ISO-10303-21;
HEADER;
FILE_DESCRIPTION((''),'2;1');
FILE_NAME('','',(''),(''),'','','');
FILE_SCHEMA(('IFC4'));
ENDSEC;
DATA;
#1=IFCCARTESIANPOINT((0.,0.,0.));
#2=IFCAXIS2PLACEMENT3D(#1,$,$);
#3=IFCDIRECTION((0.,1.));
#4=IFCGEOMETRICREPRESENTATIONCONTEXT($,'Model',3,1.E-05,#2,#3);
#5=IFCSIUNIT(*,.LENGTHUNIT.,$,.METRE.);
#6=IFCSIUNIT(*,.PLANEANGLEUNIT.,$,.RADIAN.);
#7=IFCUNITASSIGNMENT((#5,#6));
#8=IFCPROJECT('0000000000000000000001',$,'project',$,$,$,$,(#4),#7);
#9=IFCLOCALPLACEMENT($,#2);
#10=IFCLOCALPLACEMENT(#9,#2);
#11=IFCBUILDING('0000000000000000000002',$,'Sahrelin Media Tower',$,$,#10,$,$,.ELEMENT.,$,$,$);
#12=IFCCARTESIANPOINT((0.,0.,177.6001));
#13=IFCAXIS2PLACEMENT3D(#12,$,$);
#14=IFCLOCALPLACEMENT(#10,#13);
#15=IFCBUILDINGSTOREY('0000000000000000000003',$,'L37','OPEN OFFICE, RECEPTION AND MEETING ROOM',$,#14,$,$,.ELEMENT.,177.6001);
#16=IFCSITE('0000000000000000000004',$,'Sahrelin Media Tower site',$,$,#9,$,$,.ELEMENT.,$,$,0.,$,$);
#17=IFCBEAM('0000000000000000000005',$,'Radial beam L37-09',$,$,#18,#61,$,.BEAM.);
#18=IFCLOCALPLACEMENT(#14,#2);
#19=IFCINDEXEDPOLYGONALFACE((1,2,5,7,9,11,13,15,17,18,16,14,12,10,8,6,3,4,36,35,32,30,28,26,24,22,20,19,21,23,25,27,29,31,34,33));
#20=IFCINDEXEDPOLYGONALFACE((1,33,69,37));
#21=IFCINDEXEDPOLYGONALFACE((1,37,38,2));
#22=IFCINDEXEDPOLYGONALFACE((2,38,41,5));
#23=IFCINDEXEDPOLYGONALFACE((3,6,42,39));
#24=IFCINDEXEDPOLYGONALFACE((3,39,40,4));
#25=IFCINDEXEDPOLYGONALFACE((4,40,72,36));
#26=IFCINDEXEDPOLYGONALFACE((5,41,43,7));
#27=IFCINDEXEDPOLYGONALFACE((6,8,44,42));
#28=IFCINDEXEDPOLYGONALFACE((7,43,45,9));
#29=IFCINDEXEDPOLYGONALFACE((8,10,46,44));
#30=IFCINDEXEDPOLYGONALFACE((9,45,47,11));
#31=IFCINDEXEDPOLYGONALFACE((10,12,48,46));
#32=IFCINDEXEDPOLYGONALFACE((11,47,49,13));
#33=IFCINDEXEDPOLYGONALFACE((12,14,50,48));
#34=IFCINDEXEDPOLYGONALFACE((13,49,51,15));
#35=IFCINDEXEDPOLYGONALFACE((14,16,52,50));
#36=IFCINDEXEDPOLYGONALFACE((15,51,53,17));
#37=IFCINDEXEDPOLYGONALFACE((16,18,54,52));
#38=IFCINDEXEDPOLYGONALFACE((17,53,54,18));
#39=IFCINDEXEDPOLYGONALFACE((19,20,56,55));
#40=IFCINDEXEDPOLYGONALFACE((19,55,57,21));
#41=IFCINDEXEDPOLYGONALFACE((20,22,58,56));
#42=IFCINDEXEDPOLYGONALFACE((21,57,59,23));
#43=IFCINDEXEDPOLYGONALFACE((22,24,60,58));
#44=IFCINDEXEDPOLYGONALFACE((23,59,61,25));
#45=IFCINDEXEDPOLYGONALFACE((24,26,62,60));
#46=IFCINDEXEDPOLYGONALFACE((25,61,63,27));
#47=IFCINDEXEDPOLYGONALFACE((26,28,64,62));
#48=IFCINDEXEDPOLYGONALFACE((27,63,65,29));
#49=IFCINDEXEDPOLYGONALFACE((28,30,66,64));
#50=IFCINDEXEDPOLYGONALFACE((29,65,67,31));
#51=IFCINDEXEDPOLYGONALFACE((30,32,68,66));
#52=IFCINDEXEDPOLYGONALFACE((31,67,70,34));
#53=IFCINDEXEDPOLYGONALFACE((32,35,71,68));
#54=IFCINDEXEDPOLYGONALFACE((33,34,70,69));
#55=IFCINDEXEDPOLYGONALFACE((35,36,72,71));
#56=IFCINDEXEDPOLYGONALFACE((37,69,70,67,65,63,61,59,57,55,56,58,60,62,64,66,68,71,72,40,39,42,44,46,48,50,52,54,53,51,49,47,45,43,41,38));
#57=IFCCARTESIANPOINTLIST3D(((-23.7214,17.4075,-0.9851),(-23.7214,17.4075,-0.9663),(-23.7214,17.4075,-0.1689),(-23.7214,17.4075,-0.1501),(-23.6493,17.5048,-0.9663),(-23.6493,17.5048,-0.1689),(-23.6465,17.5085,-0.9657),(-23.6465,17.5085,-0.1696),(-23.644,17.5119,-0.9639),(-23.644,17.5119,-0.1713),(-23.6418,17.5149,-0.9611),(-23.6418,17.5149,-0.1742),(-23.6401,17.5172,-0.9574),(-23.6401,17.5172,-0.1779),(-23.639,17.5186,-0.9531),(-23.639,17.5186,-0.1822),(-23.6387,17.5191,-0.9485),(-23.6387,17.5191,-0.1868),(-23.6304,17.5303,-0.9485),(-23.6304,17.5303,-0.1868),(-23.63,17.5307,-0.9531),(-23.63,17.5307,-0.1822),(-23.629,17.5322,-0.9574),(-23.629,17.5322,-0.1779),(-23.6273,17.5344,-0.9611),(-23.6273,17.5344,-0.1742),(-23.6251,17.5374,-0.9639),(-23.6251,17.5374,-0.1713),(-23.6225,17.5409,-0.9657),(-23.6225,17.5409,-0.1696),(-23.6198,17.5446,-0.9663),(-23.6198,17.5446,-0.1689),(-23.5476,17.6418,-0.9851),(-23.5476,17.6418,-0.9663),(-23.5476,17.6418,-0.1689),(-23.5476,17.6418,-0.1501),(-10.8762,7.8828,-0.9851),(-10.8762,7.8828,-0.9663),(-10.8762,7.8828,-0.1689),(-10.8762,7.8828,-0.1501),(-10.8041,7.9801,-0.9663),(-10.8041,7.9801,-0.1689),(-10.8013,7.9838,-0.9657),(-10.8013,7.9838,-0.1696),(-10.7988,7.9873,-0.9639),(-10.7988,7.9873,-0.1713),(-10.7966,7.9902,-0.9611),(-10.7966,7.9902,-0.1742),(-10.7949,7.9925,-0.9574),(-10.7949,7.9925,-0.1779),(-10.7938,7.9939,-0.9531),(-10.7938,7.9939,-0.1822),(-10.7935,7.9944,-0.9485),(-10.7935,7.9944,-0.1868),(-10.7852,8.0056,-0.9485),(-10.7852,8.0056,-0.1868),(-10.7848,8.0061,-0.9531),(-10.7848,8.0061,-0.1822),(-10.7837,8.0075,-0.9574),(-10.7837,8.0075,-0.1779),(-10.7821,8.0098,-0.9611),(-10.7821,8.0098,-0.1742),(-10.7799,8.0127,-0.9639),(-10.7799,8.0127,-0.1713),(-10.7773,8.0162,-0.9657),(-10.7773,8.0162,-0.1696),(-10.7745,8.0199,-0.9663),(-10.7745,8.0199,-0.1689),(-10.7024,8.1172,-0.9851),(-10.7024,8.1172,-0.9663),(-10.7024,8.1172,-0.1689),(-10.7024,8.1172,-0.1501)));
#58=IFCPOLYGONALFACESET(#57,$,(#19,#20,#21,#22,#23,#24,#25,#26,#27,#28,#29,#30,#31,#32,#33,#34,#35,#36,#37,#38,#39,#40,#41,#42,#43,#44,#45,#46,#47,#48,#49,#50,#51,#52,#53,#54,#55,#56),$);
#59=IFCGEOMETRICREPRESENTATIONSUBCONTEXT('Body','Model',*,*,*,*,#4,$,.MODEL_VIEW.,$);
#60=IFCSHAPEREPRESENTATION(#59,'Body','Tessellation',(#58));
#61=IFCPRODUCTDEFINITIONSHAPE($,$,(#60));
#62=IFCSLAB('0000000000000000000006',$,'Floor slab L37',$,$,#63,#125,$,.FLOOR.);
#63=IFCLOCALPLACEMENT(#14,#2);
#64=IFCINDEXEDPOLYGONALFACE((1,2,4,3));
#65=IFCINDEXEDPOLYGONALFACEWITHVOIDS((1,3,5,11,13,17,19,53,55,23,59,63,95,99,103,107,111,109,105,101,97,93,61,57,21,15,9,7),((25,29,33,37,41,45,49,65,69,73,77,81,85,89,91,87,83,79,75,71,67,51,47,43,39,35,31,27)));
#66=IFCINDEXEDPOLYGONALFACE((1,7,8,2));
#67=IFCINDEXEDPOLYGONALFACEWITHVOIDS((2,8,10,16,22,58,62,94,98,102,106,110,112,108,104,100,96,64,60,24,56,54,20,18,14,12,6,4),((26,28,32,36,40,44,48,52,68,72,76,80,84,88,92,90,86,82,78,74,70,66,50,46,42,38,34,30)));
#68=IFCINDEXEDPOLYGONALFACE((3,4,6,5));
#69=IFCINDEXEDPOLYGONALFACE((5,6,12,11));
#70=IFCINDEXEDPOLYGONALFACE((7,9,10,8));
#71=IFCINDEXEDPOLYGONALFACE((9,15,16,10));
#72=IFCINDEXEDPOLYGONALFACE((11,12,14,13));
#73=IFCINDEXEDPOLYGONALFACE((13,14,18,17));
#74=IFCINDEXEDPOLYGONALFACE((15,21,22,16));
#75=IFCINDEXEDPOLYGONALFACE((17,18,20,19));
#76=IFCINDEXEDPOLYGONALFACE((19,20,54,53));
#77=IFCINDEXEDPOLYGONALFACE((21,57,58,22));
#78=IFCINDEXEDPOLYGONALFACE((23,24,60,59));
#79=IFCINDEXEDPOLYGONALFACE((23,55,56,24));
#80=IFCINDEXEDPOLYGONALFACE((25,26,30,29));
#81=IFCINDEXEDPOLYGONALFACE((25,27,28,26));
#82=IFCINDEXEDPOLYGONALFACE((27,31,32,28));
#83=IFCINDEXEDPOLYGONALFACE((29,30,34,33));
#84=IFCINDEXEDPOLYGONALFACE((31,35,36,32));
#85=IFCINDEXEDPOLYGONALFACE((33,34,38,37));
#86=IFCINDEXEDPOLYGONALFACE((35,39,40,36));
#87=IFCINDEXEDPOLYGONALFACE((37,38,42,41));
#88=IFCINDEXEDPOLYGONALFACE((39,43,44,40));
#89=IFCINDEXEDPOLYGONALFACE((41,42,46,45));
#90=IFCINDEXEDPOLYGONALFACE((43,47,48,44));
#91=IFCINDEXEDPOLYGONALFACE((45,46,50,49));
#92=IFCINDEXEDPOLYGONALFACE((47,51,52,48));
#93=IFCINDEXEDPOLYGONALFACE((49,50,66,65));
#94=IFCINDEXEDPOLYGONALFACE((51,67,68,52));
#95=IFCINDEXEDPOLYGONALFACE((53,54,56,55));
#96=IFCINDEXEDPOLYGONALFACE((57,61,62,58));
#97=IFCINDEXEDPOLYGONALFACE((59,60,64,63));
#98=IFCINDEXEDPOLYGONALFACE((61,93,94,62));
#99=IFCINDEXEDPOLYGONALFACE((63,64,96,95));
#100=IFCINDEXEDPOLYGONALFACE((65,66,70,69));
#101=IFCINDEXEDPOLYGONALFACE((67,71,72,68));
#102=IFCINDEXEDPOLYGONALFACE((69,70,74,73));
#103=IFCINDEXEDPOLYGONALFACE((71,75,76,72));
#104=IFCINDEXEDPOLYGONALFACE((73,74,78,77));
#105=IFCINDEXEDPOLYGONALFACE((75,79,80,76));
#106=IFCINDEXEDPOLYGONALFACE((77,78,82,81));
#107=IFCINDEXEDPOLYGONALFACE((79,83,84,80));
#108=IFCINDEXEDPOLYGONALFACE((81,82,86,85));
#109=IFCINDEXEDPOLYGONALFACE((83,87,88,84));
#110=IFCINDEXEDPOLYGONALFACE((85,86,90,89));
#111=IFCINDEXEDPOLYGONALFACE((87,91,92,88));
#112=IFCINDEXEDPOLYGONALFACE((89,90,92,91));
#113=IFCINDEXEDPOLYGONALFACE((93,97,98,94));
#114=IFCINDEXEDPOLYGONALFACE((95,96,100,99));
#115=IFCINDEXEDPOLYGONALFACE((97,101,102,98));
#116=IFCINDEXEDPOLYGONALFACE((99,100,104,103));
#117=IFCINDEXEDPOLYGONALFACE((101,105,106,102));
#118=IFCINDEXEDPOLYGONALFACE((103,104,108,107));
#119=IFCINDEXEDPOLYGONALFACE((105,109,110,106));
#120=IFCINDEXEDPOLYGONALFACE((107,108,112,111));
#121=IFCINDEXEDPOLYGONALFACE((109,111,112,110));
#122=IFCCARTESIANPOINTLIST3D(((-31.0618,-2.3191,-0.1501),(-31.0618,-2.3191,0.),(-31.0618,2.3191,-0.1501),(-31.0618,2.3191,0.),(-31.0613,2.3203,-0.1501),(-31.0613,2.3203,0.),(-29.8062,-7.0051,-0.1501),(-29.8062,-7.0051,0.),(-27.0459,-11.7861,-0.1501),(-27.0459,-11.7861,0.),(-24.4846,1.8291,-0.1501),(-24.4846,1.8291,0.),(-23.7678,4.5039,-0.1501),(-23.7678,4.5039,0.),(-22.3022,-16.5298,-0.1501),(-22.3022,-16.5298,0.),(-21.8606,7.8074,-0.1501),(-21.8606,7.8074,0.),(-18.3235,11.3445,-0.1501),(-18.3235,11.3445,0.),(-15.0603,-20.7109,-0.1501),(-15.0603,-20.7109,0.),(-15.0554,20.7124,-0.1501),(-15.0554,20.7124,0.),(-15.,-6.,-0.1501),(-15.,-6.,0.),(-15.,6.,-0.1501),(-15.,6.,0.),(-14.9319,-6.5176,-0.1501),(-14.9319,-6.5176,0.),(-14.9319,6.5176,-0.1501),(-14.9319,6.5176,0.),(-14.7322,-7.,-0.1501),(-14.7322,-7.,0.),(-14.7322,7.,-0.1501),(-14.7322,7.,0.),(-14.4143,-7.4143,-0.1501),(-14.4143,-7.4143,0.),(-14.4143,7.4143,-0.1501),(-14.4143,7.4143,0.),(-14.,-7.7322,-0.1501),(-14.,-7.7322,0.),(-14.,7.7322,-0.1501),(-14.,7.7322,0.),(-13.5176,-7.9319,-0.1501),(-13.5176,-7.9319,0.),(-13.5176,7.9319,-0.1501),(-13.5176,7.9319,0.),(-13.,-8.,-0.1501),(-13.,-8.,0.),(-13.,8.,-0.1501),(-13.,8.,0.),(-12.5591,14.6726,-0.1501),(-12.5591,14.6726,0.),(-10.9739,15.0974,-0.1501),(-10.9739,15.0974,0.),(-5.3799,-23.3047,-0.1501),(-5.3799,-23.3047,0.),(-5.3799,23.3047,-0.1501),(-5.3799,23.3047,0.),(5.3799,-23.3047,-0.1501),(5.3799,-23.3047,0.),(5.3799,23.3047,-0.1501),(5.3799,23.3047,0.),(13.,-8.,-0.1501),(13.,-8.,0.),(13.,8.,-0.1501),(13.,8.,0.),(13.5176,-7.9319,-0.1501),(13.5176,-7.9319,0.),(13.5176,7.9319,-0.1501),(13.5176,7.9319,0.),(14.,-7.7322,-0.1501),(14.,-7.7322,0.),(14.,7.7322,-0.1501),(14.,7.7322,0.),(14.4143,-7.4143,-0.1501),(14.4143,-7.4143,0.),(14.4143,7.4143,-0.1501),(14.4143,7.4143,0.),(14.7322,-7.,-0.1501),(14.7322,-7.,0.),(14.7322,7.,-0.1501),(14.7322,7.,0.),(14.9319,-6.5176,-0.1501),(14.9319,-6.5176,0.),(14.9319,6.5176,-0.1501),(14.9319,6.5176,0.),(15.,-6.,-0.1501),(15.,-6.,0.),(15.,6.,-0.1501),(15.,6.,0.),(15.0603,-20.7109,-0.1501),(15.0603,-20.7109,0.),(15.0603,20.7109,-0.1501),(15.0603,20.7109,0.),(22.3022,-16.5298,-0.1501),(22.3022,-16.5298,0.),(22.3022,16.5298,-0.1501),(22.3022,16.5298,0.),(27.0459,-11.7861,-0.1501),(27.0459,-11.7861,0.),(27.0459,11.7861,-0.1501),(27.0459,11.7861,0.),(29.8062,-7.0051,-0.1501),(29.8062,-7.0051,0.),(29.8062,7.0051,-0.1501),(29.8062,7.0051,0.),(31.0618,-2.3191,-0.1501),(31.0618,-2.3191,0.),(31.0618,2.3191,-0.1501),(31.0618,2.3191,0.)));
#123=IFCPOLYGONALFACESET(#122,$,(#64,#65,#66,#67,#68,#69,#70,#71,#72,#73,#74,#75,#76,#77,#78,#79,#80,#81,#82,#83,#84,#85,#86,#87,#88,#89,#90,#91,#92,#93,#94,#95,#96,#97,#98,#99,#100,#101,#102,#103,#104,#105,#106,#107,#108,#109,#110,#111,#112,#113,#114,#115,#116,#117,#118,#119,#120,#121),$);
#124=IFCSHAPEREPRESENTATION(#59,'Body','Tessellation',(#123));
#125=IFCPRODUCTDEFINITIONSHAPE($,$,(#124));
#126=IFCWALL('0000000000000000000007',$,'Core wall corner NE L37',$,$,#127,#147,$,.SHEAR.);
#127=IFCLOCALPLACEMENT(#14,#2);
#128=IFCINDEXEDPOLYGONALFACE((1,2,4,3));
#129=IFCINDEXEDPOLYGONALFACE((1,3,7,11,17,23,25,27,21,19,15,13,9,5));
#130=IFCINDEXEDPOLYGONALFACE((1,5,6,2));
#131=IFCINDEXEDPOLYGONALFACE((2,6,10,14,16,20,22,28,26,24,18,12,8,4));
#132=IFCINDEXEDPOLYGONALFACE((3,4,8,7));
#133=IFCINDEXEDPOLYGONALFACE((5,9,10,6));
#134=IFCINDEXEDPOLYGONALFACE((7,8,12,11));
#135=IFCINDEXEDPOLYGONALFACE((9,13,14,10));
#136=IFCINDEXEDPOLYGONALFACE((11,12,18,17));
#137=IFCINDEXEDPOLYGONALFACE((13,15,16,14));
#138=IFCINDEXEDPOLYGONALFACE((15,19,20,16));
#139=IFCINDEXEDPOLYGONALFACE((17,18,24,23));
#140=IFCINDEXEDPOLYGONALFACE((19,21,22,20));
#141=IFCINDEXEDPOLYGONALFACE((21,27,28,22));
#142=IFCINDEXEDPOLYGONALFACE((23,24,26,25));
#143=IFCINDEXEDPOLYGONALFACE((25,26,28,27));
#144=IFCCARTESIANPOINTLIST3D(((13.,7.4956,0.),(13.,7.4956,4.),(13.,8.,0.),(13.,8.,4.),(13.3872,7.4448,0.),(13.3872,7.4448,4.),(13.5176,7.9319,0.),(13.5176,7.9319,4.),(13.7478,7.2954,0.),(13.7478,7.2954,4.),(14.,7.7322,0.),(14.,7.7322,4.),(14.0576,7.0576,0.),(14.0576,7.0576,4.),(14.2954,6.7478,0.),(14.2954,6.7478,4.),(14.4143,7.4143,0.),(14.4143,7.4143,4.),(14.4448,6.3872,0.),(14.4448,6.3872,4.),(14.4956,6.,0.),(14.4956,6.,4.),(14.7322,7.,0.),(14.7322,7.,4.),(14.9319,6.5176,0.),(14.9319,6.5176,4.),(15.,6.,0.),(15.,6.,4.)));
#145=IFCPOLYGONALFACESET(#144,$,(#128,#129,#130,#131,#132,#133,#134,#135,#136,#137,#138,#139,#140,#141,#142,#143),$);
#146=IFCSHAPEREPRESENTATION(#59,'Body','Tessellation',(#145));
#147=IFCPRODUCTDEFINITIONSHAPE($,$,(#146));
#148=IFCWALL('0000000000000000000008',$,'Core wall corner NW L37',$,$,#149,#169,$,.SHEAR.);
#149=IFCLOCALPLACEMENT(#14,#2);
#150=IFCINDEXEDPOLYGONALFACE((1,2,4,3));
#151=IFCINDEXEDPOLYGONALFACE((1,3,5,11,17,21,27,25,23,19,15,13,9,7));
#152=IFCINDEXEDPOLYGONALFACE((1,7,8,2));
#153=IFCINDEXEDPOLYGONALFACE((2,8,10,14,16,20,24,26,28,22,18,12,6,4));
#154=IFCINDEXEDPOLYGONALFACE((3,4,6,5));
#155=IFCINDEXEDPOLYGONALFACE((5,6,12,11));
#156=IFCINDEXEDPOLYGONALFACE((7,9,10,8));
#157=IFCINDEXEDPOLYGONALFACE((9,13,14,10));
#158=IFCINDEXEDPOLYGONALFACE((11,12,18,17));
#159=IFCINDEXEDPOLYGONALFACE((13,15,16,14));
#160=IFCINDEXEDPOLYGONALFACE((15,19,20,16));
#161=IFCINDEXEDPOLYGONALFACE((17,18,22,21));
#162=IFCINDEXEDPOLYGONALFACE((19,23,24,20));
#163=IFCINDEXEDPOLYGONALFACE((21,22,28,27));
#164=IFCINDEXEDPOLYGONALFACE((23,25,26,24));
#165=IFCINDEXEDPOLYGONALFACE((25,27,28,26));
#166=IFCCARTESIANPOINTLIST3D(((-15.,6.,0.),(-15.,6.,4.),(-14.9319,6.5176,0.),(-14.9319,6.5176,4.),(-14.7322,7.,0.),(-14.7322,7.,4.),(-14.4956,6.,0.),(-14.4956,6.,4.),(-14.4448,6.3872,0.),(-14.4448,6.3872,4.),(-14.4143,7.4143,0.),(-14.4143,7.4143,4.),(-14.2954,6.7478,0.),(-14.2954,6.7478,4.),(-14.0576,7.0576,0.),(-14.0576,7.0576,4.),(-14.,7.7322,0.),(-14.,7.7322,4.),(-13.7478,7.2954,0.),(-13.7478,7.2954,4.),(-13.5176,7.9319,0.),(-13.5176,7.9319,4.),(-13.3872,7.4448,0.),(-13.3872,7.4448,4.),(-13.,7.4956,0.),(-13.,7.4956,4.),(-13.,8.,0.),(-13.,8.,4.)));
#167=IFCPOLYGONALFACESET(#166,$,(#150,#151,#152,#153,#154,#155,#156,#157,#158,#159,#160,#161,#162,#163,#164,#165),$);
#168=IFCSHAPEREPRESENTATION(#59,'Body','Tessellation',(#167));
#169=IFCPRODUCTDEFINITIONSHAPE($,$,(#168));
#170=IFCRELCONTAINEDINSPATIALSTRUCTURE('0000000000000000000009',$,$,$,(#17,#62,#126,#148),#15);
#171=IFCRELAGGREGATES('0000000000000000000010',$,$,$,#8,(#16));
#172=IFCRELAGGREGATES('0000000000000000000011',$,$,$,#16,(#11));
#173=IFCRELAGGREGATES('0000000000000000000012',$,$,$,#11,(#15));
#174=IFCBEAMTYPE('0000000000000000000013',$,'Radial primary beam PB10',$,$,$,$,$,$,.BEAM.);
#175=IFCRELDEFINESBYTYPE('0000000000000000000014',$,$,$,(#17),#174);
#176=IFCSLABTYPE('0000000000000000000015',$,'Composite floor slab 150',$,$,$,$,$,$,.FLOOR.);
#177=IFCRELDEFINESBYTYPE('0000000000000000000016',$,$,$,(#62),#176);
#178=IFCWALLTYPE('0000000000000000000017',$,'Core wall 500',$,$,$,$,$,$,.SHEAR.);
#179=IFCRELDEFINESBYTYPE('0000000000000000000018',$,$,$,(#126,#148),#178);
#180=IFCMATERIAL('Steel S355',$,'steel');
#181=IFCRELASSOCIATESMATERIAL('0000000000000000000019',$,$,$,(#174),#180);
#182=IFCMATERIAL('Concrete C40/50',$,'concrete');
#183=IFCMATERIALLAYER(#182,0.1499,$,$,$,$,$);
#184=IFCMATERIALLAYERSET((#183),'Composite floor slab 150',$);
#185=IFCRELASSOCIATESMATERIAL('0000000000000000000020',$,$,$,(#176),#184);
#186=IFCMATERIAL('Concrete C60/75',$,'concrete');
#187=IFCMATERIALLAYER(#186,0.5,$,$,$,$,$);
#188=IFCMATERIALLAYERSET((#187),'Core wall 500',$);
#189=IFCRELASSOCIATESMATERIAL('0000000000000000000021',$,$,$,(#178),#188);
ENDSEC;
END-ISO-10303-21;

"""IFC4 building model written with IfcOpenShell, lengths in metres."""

from ifc_helpers import new_model, si_unit, direction, frame, origin, origin_2d, place, context, subcontext, project, spatial, polyline, i_section, outline, extrude, material, layer, layer_set, material_profile, profile_set, type_object, element, save


model = new_model("IFC4")

# Units and contexts
model_context = context("Model", 3, precision=1e-05, world=origin(), true_north=direction((0.0, 1.0)))
body_context = subcontext(model_context, "Body", "Model", "MODEL_VIEW")
ifc_project = project(units=[si_unit("LENGTHUNIT", "METRE"), si_unit("PLANEANGLEUNIT", "RADIAN")], contexts=[model_context])

# Site, building, storey
site_placement = place(None, origin())
site = spatial("IfcSite", under=ifc_project, at=site_placement, Name="Sahrelin Media Tower site", CompositionType="ELEMENT", RefElevation=0.0)
building_placement = place(site_placement, origin())
building = spatial("IfcBuilding", under=site, at=building_placement, Name="Sahrelin Media Tower", CompositionType="ELEMENT")
storey_placement = place(building_placement, frame((0.0, 0.0, 177.6001)))
storey = spatial("IfcBuildingStorey", under=building, at=storey_placement, Name="L37", Description="OPEN OFFICE, RECEPTION AND MEETING ROOM", CompositionType="ELEMENT", Elevation=177.6001)

# Beam
ifc_material_1 = material(Name="Steel S355", Category="steel")
ifc_material_profile = material_profile(ifc_material_1, i_section(OverallWidth=0.2917, OverallDepth=0.835, WebThickness=0.0139, FlangeThickness=0.0188, FilletRadius=0.0178, at=origin_2d()), Name="UB 838x292x176")
ifc_profile_set = profile_set([ifc_material_profile], Name="Steel S355")
beam_type = type_object("IfcBeamType", Name="Radial primary beam PB10", PredefinedType="BEAM", material=ifc_profile_set)
beam_placement = place(storey_placement, frame((-10.7893, 8.0, -0.5676), z_axis=(-0.803267, 0.595619, 0.0), x_axis=(-0.595619, -0.803267, 0.0)))
element("IfcBeam", 1, at=beam_placement, inside=storey, type_object=beam_type, Name="Radial beam L37-09", PredefinedType="BEAM", context=body_context, shape_type="SweptSolid", body=[
    extrude(i_section(OverallWidth=0.2917, OverallDepth=0.835, WebThickness=0.0139, FlangeThickness=0.0188, FilletRadius=0.0178, at=origin_2d()), origin(), (0.0, 0.0, 1.0), 15.9912),
])

# Slab
ifc_material_2 = material(Name="Concrete C40/50", Category="concrete")
ifc_layer_1 = layer(ifc_material_2, 0.1499)
ifc_layer_set_1 = layer_set([ifc_layer_1], Name="Composite floor slab 150")
slab_type = type_object("IfcSlabType", Name="Composite floor slab 150", PredefinedType="FLOOR", material=ifc_layer_set_1)
slab_placement = place(storey_placement, frame((0.0, 0.0, -0.1501)))
element("IfcSlab", 2, at=slab_placement, inside=storey, type_object=slab_type, Name="Floor slab L37", PredefinedType="FLOOR", context=body_context, shape_type="SweptSolid", body=[
    extrude(outline(polyline([(29.8062, -7.0051), (31.0618, -2.3191), (31.0618, 2.3191), (29.8062, 7.0051), (27.0459, 11.7861), (22.3022, 16.5298), (15.0603, 20.7109), (5.3799, 23.3047), (-5.3799, 23.3047), (-15.0554, 20.7124), (-10.9739, 15.0974), (-12.5591, 14.6726), (-18.3235, 11.3445), (-21.8606, 7.8074), (-23.7678, 4.5039), (-24.4846, 1.8291), (-31.0613, 2.3203), (-31.0618, 2.3191), (-31.0618, -2.3191), (-29.8062, -7.0051), (-27.0459, -11.7861), (-22.3022, -16.5298), (-15.0603, -20.7109), (-5.3799, -23.3047), (5.3799, -23.3047), (15.0603, -20.7109), (22.3022, -16.5298), (27.0459, -11.7861), (29.8062, -7.0051)]), holes=[polyline([(14.7322, 7.0), (14.9319, 6.5176), (15.0, 6.0), (15.0, -6.0), (14.9319, -6.5176), (14.7322, -7.0), (14.4143, -7.4143), (14.0, -7.7322), (13.5176, -7.9319), (13.0, -8.0), (-13.0, -8.0), (-13.5176, -7.9319), (-14.0, -7.7322), (-14.4143, -7.4143), (-14.7322, -7.0), (-14.9319, -6.5176), (-15.0, -6.0), (-15.0, 6.0), (-14.9319, 6.5176), (-14.7322, 7.0), (-14.4143, 7.4143), (-14.0, 7.7322), (-13.5176, 7.9319), (-13.0, 8.0), (13.0, 8.0), (13.5176, 7.9319), (14.0, 7.7322), (14.4143, 7.4143), (14.7322, 7.0)])]), origin(), (0.0, 0.0, 1.0), 0.1501),
])

# Walls
ifc_material_3 = material(Name="Concrete C60/75", Category="concrete")
ifc_layer_2 = layer(ifc_material_3, 0.5)
ifc_layer_set_2 = layer_set([ifc_layer_2], Name="Core wall 500")
wall_type_1 = type_object("IfcWallType", Name="Core wall 500", PredefinedType="SHEAR", material=ifc_layer_set_2)
placement = place(storey_placement, origin())
element("IfcWall", 3, at=placement, inside=storey, type_object=wall_type_1, Name="Core wall corner NE L37", PredefinedType="SHEAR", context=body_context, shape_type="SweptSolid", body=[
    extrude(outline(polyline([(13.0, 8.0), (13.0, 7.4956), (13.3872, 7.4448), (13.7478, 7.2954), (14.0576, 7.0576), (14.2954, 6.7478), (14.4448, 6.3872), (14.4956, 6.0), (15.0, 6.0), (14.9319, 6.5176), (14.7322, 7.0), (14.4143, 7.4143), (14.0, 7.7322), (13.5176, 7.9319), (13.0, 8.0)])), origin(), (0.0, 0.0, 1.0), 4.0),
])
element("IfcWall", 4, at=placement, inside=storey, type_object=wall_type_1, Name="Core wall corner NW L37", PredefinedType="SHEAR", context=body_context, shape_type="SweptSolid", body=[
    extrude(outline(polyline([(-15.0, 6.0), (-14.4956, 6.0), (-14.4448, 6.3872), (-14.2954, 6.7478), (-14.0576, 7.0576), (-13.7478, 7.2954), (-13.3872, 7.4448), (-13.0, 7.4956), (-13.0, 8.0), (-13.5176, 7.9319), (-14.0, 7.7322), (-14.4143, 7.4143), (-14.7322, 7.0), (-14.9319, 6.5176), (-15.0, 6.0)])), origin(), (0.0, 0.0, 1.0), 4.0),
])

save(model, "model.ifc")
